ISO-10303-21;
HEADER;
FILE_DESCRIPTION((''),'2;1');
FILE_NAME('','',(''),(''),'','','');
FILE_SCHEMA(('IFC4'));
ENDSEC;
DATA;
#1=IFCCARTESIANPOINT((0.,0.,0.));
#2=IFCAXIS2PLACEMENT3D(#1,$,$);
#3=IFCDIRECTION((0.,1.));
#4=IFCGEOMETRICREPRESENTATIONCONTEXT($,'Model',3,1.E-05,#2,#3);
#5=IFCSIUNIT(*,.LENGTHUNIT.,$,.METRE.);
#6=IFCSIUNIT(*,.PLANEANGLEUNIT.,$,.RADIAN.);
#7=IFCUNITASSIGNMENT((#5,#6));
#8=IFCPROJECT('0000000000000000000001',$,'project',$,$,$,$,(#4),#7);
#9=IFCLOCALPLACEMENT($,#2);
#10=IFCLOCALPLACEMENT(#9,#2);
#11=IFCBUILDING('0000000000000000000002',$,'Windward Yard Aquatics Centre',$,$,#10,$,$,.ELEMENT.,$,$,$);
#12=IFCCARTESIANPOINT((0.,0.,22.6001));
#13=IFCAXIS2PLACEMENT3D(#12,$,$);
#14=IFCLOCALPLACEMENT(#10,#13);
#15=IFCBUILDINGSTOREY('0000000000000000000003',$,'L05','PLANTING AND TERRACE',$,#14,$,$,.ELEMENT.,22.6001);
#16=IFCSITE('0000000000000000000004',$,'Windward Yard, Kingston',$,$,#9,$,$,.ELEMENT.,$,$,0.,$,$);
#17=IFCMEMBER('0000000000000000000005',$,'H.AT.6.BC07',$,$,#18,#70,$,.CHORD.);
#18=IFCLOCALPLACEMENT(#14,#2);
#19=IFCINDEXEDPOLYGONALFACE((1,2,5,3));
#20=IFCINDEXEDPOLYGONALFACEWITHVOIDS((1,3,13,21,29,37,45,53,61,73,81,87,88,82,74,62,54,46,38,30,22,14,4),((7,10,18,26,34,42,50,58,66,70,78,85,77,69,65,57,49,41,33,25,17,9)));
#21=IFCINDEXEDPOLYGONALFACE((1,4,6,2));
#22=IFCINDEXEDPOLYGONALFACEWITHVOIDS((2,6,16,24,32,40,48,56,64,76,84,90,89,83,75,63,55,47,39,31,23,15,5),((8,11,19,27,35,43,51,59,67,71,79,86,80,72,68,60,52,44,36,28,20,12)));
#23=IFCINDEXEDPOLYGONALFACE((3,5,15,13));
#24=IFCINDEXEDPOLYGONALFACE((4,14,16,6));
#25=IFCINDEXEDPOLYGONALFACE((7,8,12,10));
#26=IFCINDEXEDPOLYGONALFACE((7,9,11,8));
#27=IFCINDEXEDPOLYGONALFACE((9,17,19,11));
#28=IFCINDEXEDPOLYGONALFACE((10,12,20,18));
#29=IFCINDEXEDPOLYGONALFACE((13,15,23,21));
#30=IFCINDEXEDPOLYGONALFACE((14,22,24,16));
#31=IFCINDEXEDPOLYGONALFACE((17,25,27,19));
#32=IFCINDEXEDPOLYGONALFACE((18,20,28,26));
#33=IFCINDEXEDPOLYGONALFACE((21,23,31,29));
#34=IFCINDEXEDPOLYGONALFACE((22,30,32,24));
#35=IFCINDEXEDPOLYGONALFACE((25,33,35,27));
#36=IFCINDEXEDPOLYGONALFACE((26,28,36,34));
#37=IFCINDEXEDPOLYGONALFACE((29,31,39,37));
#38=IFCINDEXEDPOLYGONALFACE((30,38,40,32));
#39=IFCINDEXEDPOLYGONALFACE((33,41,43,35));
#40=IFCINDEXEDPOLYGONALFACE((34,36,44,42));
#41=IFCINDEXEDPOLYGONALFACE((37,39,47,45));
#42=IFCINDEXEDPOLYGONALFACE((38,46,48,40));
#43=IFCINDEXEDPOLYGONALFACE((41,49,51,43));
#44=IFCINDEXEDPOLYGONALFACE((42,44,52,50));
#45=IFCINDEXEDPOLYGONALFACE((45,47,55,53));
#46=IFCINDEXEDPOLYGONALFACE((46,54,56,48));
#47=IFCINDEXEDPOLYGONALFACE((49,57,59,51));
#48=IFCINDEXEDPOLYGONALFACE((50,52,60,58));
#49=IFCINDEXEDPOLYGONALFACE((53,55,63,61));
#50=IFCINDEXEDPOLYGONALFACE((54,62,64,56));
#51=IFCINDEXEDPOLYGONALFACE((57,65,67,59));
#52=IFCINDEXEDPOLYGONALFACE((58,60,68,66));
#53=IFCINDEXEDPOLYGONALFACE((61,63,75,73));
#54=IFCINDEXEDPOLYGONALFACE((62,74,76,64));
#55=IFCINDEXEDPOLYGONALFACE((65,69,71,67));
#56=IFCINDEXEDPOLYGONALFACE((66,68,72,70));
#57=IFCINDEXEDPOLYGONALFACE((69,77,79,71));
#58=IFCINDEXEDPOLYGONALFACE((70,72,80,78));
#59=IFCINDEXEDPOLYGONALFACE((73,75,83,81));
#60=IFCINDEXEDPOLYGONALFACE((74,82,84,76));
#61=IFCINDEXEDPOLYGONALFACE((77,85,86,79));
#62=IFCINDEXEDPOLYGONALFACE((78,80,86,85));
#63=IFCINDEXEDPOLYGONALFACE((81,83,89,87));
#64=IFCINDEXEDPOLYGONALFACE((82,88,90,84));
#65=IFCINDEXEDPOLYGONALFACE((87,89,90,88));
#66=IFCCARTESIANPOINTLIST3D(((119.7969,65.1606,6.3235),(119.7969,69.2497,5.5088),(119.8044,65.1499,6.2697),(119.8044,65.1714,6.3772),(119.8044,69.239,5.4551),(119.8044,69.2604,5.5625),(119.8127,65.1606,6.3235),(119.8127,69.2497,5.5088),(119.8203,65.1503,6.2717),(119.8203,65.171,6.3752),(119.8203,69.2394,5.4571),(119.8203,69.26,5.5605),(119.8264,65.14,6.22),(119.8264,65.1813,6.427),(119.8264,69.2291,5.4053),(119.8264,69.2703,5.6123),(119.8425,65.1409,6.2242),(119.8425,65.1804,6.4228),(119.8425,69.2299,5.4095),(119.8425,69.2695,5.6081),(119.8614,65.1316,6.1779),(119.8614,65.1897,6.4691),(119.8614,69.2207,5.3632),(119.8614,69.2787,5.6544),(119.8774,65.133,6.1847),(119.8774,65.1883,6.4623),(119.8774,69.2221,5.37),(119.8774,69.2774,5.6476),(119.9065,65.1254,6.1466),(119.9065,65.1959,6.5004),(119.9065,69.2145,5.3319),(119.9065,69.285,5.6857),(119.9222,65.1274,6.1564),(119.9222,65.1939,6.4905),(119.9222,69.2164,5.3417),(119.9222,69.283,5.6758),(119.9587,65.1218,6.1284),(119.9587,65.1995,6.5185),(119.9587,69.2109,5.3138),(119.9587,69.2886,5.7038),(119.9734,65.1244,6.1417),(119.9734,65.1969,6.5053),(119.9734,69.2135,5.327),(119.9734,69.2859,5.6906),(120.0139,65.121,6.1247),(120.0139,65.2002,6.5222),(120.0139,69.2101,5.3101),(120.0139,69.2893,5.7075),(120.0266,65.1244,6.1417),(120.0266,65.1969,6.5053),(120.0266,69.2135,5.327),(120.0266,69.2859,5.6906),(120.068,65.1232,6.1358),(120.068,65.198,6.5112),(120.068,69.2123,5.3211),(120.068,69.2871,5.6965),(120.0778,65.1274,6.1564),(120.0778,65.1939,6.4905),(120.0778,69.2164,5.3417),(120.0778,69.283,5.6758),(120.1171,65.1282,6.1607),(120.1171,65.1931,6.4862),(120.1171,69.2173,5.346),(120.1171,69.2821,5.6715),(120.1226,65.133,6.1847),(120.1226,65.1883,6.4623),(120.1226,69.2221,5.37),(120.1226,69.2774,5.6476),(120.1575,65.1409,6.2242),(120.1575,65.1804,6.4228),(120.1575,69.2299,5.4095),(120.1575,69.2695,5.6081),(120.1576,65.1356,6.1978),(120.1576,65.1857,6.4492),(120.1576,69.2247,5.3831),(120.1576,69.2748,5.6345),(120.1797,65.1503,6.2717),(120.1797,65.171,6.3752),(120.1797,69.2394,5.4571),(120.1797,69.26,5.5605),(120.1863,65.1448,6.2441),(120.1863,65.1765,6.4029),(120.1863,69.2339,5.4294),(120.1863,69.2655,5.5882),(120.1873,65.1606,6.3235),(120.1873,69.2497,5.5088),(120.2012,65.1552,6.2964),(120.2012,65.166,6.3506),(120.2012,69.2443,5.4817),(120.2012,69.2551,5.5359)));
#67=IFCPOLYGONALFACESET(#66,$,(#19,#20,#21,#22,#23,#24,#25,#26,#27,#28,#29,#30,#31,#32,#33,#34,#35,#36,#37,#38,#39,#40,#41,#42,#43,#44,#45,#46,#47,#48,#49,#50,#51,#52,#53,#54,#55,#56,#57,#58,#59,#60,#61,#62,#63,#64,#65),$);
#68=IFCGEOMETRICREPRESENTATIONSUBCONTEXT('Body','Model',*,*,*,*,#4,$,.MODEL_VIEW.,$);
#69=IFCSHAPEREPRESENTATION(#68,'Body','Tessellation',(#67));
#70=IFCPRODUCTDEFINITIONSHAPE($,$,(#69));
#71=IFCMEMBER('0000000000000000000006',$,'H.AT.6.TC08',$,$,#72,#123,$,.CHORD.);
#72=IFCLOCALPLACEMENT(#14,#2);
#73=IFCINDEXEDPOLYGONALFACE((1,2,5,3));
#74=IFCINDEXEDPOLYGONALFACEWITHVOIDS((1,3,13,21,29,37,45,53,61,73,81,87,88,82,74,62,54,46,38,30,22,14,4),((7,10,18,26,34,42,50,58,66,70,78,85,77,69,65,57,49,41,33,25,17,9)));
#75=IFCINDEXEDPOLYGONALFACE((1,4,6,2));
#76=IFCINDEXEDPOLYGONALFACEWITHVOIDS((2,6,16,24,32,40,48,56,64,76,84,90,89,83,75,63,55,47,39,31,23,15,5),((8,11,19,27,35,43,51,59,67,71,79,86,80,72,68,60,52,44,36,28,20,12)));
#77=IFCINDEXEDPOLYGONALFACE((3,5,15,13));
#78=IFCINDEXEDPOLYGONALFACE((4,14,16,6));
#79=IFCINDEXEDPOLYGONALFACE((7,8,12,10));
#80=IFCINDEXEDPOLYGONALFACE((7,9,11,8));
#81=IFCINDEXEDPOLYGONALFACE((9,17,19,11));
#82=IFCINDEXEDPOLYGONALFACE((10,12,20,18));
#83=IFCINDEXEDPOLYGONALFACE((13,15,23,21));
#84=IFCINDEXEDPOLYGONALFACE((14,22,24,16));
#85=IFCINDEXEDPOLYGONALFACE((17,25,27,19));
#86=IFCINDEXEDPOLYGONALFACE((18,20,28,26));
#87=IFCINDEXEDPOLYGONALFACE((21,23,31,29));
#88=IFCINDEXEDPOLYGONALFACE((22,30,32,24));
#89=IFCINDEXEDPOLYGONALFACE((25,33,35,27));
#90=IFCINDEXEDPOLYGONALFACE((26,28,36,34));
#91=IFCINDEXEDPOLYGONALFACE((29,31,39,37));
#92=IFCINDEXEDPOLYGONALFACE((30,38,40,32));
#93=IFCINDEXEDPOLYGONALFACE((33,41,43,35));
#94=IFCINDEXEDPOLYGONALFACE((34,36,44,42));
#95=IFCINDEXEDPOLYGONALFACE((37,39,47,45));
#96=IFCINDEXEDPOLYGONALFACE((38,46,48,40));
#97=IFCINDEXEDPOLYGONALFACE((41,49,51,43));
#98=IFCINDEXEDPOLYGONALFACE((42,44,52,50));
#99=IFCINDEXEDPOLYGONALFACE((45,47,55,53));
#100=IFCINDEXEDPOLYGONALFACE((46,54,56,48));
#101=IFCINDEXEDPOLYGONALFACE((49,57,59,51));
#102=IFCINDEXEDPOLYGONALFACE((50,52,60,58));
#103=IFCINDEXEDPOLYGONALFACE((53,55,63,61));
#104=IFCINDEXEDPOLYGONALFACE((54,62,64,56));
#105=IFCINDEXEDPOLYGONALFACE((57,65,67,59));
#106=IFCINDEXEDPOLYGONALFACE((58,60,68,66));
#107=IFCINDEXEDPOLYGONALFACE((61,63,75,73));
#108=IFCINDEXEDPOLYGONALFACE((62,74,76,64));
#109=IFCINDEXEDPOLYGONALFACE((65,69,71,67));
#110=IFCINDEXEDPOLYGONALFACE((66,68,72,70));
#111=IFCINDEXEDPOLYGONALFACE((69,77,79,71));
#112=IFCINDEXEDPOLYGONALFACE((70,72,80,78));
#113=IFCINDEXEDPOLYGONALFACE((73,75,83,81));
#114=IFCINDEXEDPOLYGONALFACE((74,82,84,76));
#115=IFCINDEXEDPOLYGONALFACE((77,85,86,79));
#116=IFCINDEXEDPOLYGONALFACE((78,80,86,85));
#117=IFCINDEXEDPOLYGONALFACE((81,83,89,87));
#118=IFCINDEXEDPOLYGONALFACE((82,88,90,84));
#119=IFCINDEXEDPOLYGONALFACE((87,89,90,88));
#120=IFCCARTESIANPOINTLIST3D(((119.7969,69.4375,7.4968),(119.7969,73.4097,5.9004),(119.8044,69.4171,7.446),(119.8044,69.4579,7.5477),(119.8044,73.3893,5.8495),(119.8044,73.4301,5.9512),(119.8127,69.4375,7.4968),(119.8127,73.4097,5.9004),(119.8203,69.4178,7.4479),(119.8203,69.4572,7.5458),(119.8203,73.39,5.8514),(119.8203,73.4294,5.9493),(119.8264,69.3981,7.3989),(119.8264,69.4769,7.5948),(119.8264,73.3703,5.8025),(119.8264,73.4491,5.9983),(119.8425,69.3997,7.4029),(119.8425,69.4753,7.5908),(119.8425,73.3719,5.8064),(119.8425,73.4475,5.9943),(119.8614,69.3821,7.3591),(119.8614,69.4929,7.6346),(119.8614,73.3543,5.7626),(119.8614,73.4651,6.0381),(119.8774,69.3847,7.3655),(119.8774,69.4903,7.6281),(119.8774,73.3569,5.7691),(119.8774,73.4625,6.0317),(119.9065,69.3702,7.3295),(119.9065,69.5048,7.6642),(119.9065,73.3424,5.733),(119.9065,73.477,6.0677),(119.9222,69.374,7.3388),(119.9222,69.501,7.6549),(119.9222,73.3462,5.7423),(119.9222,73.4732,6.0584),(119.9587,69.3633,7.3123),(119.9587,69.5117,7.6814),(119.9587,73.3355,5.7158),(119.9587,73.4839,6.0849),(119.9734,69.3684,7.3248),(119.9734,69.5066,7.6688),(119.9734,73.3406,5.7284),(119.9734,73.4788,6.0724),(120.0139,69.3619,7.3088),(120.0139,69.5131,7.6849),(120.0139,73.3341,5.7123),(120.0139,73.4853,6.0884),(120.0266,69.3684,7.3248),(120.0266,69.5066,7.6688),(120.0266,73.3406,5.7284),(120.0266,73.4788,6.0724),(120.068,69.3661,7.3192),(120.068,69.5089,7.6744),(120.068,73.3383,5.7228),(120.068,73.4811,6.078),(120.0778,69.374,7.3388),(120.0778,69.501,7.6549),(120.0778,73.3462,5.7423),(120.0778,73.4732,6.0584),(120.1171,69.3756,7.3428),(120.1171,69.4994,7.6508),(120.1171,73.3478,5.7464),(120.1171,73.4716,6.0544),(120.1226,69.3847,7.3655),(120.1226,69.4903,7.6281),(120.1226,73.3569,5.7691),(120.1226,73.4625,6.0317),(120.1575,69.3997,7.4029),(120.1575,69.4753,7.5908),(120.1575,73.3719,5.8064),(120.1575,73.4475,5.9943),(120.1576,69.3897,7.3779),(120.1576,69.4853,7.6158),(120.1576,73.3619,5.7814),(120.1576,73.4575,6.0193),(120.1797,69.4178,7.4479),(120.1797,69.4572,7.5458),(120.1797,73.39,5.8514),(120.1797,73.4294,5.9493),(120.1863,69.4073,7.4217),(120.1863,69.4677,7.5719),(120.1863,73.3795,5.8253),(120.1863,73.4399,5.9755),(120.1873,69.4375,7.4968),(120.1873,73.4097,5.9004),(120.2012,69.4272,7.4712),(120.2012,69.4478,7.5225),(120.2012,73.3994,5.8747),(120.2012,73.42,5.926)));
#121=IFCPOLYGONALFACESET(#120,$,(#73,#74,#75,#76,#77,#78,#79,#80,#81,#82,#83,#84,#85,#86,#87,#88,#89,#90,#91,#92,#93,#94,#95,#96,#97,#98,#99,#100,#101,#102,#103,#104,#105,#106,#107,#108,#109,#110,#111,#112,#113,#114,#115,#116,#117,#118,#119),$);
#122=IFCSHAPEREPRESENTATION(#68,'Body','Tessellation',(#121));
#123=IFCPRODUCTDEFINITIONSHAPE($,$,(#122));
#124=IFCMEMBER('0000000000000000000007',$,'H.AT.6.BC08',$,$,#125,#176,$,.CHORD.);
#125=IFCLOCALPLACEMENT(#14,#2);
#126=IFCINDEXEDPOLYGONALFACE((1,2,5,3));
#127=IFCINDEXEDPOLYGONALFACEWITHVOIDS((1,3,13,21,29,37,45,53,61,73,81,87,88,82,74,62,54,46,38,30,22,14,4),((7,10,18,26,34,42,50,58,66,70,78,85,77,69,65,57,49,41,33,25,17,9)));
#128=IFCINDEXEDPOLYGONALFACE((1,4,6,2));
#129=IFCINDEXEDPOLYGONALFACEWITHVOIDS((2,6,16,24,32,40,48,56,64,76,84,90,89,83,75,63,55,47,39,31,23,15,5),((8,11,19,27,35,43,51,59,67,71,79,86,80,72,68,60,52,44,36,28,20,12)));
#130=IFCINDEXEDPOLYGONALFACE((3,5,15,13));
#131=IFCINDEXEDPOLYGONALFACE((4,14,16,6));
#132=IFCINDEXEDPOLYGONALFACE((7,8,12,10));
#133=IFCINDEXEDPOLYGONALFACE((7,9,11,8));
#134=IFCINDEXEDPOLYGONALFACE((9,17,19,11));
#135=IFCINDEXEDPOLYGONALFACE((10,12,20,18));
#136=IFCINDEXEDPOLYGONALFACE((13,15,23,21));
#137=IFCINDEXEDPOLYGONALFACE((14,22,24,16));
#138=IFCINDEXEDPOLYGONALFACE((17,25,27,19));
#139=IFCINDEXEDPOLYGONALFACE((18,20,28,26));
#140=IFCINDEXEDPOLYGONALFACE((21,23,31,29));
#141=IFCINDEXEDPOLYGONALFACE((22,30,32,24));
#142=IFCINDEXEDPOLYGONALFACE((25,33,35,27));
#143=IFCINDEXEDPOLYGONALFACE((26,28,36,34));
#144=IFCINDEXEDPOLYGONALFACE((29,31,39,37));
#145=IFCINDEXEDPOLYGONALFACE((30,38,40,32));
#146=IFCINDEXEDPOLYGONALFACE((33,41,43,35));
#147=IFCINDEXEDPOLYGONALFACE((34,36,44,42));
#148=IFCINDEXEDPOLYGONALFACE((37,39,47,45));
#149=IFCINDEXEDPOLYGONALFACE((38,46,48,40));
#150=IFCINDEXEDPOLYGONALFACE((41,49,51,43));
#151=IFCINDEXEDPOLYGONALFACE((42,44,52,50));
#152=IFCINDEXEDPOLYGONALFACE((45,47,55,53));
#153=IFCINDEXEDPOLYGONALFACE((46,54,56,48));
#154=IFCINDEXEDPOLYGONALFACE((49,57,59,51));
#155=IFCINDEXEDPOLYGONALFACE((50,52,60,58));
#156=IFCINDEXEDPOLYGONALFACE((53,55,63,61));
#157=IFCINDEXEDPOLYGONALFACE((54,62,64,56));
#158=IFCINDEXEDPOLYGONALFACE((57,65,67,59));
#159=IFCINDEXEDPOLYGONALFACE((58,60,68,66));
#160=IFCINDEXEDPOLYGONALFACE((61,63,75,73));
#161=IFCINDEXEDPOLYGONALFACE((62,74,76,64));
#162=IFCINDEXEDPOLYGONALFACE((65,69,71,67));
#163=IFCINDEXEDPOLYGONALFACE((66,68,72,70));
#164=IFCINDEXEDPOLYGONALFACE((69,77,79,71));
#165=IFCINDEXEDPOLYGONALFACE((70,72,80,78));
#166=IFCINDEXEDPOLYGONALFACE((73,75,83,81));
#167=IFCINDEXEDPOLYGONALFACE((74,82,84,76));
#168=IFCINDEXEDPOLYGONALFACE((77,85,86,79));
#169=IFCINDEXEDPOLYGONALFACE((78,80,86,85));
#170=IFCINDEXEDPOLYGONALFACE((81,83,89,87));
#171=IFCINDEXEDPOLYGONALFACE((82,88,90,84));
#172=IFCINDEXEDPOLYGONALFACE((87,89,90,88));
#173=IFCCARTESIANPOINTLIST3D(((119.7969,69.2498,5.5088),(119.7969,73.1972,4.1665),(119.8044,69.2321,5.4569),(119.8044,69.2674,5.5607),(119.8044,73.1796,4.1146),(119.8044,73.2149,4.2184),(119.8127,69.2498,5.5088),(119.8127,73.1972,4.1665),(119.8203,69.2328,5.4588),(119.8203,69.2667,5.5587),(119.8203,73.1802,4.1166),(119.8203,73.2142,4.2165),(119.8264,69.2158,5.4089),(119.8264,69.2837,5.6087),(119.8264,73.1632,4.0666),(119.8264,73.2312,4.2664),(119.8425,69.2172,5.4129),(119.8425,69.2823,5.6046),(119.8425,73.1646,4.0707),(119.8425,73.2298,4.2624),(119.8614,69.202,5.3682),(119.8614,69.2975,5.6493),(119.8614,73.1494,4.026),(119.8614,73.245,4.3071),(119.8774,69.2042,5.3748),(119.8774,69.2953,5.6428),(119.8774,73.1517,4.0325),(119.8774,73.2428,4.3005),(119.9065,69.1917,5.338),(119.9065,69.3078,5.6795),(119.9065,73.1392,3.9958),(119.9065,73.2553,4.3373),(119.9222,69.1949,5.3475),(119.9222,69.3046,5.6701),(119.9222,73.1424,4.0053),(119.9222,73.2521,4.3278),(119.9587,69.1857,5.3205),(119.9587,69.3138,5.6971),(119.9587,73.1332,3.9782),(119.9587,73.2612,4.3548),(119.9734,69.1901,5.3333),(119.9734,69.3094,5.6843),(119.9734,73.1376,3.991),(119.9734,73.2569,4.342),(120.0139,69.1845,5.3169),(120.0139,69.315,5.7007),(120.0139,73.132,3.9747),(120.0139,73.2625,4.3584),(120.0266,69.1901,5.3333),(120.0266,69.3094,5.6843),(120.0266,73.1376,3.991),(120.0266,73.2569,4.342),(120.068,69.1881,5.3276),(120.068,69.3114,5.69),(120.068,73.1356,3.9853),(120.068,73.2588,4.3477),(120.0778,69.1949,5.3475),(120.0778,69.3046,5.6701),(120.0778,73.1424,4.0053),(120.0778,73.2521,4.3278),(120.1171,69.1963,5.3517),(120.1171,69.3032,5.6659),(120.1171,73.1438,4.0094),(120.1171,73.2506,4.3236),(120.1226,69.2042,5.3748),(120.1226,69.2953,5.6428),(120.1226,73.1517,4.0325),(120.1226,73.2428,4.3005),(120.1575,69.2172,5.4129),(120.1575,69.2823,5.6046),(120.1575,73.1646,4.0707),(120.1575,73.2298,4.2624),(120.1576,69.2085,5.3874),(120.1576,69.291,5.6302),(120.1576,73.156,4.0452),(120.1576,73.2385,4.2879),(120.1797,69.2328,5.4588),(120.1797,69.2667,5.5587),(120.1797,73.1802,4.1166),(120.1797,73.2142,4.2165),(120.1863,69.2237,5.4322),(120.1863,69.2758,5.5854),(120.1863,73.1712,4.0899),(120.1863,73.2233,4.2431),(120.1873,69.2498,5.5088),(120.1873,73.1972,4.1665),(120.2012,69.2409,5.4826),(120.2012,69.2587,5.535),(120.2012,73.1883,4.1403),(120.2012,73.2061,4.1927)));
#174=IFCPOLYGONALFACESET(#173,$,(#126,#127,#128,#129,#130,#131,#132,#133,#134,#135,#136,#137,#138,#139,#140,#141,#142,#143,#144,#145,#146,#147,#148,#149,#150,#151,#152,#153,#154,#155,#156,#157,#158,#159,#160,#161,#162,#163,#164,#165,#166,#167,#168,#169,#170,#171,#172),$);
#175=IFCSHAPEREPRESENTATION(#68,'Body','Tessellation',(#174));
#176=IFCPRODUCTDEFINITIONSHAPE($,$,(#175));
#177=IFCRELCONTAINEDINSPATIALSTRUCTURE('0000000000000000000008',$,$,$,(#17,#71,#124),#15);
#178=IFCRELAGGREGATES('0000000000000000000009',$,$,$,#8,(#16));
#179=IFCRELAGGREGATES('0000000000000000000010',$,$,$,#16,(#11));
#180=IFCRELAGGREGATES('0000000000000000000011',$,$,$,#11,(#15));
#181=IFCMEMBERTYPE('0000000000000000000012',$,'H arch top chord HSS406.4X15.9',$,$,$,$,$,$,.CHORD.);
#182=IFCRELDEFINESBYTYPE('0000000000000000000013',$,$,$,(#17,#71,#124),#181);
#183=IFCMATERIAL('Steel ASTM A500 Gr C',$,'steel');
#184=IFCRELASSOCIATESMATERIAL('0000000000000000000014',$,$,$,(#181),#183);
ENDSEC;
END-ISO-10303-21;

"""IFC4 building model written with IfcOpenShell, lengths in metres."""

from ifc_helpers import new_model, si_unit, direction, frame, origin, origin_2d, place, context, subcontext, project, spatial, hollow_circle, extrude, material, material_profile, profile_set, type_object, element, save


model = new_model("IFC4")

# Units and contexts
model_context = context("Model", 3, precision=1e-05, world=origin(), true_north=direction((0.0, 1.0)))
body_context = subcontext(model_context, "Body", "Model", "MODEL_VIEW")
ifc_project = project(units=[si_unit("LENGTHUNIT", "METRE"), si_unit("PLANEANGLEUNIT", "RADIAN")], contexts=[model_context])

# Site, building, storey
site_placement = place(None, origin())
site = spatial("IfcSite", under=ifc_project, at=site_placement, Name="Windward Yard, Kingston", CompositionType="ELEMENT", RefElevation=0.0)
building_placement = place(site_placement, origin())
building = spatial("IfcBuilding", under=site, at=building_placement, Name="Windward Yard Aquatics Centre", CompositionType="ELEMENT")
storey_placement = place(building_placement, frame((0.0, 0.0, 22.6001)))
storey = spatial("IfcBuildingStorey", under=building, at=storey_placement, Name="L05", Description="PLANTING AND TERRACE", CompositionType="ELEMENT", Elevation=22.6001)

# Members
ifc_material_1 = material(Name="Steel ASTM A500 Gr C", Category="steel")
ifc_material_profile_1 = material_profile(ifc_material_1, hollow_circle(Radius=0.2031, WallThickness=0.0159, at=origin_2d()), Name="HSS406.4X15.9")
ifc_profile_set_1 = profile_set([ifc_material_profile_1], Name="Steel ASTM A500 Gr C")
member_type_1 = type_object("IfcMemberType", Name="H arch top chord HSS406.4X15.9", PredefinedType="CHORD", material=ifc_profile_set_1)
member_1_placement = place(storey_placement, frame((120.0, 65.1606, 6.3235), z_axis=(0.0, 0.980725, -0.195395), x_axis=(-1.0, 0.0, 0.0)))
element("IfcMember", 1, at=member_1_placement, inside=storey, type_object=member_type_1, Name="H.AT.6.BC07", PredefinedType="CHORD", context=body_context, shape_type="SweptSolid", body=[
    extrude(hollow_circle(Radius=0.2031, WallThickness=0.0159, at=origin_2d()), origin(), (0.0, 0.0, 1.0), 4.1694),
])
member_2_placement = place(storey_placement, frame((120.0, 69.4375, 7.4968), z_axis=(0.0, 0.927866, -0.372914), x_axis=(-1.0, 0.0, 0.0)))
element("IfcMember", 2, at=member_2_placement, inside=storey, type_object=member_type_1, Name="H.AT.6.TC08", PredefinedType="CHORD", context=body_context, shape_type="SweptSolid", body=[
    extrude(hollow_circle(Radius=0.2031, WallThickness=0.0159, at=origin_2d()), origin(), (0.0, 0.0, 1.0), 4.281),
])
member_3_placement = place(storey_placement, frame((120.0, 69.2498, 5.5088), z_axis=(0.0, 0.946763, -0.321931), x_axis=(-1.0, 0.0, 0.0)))
element("IfcMember", 3, at=member_3_placement, inside=storey, type_object=member_type_1, Name="H.AT.6.BC08", PredefinedType="CHORD", context=body_context, shape_type="SweptSolid", body=[
    extrude(hollow_circle(Radius=0.2031, WallThickness=0.0159, at=origin_2d()), origin(), (0.0, 0.0, 1.0), 4.1694),
])

save(model, "model.ifc")
